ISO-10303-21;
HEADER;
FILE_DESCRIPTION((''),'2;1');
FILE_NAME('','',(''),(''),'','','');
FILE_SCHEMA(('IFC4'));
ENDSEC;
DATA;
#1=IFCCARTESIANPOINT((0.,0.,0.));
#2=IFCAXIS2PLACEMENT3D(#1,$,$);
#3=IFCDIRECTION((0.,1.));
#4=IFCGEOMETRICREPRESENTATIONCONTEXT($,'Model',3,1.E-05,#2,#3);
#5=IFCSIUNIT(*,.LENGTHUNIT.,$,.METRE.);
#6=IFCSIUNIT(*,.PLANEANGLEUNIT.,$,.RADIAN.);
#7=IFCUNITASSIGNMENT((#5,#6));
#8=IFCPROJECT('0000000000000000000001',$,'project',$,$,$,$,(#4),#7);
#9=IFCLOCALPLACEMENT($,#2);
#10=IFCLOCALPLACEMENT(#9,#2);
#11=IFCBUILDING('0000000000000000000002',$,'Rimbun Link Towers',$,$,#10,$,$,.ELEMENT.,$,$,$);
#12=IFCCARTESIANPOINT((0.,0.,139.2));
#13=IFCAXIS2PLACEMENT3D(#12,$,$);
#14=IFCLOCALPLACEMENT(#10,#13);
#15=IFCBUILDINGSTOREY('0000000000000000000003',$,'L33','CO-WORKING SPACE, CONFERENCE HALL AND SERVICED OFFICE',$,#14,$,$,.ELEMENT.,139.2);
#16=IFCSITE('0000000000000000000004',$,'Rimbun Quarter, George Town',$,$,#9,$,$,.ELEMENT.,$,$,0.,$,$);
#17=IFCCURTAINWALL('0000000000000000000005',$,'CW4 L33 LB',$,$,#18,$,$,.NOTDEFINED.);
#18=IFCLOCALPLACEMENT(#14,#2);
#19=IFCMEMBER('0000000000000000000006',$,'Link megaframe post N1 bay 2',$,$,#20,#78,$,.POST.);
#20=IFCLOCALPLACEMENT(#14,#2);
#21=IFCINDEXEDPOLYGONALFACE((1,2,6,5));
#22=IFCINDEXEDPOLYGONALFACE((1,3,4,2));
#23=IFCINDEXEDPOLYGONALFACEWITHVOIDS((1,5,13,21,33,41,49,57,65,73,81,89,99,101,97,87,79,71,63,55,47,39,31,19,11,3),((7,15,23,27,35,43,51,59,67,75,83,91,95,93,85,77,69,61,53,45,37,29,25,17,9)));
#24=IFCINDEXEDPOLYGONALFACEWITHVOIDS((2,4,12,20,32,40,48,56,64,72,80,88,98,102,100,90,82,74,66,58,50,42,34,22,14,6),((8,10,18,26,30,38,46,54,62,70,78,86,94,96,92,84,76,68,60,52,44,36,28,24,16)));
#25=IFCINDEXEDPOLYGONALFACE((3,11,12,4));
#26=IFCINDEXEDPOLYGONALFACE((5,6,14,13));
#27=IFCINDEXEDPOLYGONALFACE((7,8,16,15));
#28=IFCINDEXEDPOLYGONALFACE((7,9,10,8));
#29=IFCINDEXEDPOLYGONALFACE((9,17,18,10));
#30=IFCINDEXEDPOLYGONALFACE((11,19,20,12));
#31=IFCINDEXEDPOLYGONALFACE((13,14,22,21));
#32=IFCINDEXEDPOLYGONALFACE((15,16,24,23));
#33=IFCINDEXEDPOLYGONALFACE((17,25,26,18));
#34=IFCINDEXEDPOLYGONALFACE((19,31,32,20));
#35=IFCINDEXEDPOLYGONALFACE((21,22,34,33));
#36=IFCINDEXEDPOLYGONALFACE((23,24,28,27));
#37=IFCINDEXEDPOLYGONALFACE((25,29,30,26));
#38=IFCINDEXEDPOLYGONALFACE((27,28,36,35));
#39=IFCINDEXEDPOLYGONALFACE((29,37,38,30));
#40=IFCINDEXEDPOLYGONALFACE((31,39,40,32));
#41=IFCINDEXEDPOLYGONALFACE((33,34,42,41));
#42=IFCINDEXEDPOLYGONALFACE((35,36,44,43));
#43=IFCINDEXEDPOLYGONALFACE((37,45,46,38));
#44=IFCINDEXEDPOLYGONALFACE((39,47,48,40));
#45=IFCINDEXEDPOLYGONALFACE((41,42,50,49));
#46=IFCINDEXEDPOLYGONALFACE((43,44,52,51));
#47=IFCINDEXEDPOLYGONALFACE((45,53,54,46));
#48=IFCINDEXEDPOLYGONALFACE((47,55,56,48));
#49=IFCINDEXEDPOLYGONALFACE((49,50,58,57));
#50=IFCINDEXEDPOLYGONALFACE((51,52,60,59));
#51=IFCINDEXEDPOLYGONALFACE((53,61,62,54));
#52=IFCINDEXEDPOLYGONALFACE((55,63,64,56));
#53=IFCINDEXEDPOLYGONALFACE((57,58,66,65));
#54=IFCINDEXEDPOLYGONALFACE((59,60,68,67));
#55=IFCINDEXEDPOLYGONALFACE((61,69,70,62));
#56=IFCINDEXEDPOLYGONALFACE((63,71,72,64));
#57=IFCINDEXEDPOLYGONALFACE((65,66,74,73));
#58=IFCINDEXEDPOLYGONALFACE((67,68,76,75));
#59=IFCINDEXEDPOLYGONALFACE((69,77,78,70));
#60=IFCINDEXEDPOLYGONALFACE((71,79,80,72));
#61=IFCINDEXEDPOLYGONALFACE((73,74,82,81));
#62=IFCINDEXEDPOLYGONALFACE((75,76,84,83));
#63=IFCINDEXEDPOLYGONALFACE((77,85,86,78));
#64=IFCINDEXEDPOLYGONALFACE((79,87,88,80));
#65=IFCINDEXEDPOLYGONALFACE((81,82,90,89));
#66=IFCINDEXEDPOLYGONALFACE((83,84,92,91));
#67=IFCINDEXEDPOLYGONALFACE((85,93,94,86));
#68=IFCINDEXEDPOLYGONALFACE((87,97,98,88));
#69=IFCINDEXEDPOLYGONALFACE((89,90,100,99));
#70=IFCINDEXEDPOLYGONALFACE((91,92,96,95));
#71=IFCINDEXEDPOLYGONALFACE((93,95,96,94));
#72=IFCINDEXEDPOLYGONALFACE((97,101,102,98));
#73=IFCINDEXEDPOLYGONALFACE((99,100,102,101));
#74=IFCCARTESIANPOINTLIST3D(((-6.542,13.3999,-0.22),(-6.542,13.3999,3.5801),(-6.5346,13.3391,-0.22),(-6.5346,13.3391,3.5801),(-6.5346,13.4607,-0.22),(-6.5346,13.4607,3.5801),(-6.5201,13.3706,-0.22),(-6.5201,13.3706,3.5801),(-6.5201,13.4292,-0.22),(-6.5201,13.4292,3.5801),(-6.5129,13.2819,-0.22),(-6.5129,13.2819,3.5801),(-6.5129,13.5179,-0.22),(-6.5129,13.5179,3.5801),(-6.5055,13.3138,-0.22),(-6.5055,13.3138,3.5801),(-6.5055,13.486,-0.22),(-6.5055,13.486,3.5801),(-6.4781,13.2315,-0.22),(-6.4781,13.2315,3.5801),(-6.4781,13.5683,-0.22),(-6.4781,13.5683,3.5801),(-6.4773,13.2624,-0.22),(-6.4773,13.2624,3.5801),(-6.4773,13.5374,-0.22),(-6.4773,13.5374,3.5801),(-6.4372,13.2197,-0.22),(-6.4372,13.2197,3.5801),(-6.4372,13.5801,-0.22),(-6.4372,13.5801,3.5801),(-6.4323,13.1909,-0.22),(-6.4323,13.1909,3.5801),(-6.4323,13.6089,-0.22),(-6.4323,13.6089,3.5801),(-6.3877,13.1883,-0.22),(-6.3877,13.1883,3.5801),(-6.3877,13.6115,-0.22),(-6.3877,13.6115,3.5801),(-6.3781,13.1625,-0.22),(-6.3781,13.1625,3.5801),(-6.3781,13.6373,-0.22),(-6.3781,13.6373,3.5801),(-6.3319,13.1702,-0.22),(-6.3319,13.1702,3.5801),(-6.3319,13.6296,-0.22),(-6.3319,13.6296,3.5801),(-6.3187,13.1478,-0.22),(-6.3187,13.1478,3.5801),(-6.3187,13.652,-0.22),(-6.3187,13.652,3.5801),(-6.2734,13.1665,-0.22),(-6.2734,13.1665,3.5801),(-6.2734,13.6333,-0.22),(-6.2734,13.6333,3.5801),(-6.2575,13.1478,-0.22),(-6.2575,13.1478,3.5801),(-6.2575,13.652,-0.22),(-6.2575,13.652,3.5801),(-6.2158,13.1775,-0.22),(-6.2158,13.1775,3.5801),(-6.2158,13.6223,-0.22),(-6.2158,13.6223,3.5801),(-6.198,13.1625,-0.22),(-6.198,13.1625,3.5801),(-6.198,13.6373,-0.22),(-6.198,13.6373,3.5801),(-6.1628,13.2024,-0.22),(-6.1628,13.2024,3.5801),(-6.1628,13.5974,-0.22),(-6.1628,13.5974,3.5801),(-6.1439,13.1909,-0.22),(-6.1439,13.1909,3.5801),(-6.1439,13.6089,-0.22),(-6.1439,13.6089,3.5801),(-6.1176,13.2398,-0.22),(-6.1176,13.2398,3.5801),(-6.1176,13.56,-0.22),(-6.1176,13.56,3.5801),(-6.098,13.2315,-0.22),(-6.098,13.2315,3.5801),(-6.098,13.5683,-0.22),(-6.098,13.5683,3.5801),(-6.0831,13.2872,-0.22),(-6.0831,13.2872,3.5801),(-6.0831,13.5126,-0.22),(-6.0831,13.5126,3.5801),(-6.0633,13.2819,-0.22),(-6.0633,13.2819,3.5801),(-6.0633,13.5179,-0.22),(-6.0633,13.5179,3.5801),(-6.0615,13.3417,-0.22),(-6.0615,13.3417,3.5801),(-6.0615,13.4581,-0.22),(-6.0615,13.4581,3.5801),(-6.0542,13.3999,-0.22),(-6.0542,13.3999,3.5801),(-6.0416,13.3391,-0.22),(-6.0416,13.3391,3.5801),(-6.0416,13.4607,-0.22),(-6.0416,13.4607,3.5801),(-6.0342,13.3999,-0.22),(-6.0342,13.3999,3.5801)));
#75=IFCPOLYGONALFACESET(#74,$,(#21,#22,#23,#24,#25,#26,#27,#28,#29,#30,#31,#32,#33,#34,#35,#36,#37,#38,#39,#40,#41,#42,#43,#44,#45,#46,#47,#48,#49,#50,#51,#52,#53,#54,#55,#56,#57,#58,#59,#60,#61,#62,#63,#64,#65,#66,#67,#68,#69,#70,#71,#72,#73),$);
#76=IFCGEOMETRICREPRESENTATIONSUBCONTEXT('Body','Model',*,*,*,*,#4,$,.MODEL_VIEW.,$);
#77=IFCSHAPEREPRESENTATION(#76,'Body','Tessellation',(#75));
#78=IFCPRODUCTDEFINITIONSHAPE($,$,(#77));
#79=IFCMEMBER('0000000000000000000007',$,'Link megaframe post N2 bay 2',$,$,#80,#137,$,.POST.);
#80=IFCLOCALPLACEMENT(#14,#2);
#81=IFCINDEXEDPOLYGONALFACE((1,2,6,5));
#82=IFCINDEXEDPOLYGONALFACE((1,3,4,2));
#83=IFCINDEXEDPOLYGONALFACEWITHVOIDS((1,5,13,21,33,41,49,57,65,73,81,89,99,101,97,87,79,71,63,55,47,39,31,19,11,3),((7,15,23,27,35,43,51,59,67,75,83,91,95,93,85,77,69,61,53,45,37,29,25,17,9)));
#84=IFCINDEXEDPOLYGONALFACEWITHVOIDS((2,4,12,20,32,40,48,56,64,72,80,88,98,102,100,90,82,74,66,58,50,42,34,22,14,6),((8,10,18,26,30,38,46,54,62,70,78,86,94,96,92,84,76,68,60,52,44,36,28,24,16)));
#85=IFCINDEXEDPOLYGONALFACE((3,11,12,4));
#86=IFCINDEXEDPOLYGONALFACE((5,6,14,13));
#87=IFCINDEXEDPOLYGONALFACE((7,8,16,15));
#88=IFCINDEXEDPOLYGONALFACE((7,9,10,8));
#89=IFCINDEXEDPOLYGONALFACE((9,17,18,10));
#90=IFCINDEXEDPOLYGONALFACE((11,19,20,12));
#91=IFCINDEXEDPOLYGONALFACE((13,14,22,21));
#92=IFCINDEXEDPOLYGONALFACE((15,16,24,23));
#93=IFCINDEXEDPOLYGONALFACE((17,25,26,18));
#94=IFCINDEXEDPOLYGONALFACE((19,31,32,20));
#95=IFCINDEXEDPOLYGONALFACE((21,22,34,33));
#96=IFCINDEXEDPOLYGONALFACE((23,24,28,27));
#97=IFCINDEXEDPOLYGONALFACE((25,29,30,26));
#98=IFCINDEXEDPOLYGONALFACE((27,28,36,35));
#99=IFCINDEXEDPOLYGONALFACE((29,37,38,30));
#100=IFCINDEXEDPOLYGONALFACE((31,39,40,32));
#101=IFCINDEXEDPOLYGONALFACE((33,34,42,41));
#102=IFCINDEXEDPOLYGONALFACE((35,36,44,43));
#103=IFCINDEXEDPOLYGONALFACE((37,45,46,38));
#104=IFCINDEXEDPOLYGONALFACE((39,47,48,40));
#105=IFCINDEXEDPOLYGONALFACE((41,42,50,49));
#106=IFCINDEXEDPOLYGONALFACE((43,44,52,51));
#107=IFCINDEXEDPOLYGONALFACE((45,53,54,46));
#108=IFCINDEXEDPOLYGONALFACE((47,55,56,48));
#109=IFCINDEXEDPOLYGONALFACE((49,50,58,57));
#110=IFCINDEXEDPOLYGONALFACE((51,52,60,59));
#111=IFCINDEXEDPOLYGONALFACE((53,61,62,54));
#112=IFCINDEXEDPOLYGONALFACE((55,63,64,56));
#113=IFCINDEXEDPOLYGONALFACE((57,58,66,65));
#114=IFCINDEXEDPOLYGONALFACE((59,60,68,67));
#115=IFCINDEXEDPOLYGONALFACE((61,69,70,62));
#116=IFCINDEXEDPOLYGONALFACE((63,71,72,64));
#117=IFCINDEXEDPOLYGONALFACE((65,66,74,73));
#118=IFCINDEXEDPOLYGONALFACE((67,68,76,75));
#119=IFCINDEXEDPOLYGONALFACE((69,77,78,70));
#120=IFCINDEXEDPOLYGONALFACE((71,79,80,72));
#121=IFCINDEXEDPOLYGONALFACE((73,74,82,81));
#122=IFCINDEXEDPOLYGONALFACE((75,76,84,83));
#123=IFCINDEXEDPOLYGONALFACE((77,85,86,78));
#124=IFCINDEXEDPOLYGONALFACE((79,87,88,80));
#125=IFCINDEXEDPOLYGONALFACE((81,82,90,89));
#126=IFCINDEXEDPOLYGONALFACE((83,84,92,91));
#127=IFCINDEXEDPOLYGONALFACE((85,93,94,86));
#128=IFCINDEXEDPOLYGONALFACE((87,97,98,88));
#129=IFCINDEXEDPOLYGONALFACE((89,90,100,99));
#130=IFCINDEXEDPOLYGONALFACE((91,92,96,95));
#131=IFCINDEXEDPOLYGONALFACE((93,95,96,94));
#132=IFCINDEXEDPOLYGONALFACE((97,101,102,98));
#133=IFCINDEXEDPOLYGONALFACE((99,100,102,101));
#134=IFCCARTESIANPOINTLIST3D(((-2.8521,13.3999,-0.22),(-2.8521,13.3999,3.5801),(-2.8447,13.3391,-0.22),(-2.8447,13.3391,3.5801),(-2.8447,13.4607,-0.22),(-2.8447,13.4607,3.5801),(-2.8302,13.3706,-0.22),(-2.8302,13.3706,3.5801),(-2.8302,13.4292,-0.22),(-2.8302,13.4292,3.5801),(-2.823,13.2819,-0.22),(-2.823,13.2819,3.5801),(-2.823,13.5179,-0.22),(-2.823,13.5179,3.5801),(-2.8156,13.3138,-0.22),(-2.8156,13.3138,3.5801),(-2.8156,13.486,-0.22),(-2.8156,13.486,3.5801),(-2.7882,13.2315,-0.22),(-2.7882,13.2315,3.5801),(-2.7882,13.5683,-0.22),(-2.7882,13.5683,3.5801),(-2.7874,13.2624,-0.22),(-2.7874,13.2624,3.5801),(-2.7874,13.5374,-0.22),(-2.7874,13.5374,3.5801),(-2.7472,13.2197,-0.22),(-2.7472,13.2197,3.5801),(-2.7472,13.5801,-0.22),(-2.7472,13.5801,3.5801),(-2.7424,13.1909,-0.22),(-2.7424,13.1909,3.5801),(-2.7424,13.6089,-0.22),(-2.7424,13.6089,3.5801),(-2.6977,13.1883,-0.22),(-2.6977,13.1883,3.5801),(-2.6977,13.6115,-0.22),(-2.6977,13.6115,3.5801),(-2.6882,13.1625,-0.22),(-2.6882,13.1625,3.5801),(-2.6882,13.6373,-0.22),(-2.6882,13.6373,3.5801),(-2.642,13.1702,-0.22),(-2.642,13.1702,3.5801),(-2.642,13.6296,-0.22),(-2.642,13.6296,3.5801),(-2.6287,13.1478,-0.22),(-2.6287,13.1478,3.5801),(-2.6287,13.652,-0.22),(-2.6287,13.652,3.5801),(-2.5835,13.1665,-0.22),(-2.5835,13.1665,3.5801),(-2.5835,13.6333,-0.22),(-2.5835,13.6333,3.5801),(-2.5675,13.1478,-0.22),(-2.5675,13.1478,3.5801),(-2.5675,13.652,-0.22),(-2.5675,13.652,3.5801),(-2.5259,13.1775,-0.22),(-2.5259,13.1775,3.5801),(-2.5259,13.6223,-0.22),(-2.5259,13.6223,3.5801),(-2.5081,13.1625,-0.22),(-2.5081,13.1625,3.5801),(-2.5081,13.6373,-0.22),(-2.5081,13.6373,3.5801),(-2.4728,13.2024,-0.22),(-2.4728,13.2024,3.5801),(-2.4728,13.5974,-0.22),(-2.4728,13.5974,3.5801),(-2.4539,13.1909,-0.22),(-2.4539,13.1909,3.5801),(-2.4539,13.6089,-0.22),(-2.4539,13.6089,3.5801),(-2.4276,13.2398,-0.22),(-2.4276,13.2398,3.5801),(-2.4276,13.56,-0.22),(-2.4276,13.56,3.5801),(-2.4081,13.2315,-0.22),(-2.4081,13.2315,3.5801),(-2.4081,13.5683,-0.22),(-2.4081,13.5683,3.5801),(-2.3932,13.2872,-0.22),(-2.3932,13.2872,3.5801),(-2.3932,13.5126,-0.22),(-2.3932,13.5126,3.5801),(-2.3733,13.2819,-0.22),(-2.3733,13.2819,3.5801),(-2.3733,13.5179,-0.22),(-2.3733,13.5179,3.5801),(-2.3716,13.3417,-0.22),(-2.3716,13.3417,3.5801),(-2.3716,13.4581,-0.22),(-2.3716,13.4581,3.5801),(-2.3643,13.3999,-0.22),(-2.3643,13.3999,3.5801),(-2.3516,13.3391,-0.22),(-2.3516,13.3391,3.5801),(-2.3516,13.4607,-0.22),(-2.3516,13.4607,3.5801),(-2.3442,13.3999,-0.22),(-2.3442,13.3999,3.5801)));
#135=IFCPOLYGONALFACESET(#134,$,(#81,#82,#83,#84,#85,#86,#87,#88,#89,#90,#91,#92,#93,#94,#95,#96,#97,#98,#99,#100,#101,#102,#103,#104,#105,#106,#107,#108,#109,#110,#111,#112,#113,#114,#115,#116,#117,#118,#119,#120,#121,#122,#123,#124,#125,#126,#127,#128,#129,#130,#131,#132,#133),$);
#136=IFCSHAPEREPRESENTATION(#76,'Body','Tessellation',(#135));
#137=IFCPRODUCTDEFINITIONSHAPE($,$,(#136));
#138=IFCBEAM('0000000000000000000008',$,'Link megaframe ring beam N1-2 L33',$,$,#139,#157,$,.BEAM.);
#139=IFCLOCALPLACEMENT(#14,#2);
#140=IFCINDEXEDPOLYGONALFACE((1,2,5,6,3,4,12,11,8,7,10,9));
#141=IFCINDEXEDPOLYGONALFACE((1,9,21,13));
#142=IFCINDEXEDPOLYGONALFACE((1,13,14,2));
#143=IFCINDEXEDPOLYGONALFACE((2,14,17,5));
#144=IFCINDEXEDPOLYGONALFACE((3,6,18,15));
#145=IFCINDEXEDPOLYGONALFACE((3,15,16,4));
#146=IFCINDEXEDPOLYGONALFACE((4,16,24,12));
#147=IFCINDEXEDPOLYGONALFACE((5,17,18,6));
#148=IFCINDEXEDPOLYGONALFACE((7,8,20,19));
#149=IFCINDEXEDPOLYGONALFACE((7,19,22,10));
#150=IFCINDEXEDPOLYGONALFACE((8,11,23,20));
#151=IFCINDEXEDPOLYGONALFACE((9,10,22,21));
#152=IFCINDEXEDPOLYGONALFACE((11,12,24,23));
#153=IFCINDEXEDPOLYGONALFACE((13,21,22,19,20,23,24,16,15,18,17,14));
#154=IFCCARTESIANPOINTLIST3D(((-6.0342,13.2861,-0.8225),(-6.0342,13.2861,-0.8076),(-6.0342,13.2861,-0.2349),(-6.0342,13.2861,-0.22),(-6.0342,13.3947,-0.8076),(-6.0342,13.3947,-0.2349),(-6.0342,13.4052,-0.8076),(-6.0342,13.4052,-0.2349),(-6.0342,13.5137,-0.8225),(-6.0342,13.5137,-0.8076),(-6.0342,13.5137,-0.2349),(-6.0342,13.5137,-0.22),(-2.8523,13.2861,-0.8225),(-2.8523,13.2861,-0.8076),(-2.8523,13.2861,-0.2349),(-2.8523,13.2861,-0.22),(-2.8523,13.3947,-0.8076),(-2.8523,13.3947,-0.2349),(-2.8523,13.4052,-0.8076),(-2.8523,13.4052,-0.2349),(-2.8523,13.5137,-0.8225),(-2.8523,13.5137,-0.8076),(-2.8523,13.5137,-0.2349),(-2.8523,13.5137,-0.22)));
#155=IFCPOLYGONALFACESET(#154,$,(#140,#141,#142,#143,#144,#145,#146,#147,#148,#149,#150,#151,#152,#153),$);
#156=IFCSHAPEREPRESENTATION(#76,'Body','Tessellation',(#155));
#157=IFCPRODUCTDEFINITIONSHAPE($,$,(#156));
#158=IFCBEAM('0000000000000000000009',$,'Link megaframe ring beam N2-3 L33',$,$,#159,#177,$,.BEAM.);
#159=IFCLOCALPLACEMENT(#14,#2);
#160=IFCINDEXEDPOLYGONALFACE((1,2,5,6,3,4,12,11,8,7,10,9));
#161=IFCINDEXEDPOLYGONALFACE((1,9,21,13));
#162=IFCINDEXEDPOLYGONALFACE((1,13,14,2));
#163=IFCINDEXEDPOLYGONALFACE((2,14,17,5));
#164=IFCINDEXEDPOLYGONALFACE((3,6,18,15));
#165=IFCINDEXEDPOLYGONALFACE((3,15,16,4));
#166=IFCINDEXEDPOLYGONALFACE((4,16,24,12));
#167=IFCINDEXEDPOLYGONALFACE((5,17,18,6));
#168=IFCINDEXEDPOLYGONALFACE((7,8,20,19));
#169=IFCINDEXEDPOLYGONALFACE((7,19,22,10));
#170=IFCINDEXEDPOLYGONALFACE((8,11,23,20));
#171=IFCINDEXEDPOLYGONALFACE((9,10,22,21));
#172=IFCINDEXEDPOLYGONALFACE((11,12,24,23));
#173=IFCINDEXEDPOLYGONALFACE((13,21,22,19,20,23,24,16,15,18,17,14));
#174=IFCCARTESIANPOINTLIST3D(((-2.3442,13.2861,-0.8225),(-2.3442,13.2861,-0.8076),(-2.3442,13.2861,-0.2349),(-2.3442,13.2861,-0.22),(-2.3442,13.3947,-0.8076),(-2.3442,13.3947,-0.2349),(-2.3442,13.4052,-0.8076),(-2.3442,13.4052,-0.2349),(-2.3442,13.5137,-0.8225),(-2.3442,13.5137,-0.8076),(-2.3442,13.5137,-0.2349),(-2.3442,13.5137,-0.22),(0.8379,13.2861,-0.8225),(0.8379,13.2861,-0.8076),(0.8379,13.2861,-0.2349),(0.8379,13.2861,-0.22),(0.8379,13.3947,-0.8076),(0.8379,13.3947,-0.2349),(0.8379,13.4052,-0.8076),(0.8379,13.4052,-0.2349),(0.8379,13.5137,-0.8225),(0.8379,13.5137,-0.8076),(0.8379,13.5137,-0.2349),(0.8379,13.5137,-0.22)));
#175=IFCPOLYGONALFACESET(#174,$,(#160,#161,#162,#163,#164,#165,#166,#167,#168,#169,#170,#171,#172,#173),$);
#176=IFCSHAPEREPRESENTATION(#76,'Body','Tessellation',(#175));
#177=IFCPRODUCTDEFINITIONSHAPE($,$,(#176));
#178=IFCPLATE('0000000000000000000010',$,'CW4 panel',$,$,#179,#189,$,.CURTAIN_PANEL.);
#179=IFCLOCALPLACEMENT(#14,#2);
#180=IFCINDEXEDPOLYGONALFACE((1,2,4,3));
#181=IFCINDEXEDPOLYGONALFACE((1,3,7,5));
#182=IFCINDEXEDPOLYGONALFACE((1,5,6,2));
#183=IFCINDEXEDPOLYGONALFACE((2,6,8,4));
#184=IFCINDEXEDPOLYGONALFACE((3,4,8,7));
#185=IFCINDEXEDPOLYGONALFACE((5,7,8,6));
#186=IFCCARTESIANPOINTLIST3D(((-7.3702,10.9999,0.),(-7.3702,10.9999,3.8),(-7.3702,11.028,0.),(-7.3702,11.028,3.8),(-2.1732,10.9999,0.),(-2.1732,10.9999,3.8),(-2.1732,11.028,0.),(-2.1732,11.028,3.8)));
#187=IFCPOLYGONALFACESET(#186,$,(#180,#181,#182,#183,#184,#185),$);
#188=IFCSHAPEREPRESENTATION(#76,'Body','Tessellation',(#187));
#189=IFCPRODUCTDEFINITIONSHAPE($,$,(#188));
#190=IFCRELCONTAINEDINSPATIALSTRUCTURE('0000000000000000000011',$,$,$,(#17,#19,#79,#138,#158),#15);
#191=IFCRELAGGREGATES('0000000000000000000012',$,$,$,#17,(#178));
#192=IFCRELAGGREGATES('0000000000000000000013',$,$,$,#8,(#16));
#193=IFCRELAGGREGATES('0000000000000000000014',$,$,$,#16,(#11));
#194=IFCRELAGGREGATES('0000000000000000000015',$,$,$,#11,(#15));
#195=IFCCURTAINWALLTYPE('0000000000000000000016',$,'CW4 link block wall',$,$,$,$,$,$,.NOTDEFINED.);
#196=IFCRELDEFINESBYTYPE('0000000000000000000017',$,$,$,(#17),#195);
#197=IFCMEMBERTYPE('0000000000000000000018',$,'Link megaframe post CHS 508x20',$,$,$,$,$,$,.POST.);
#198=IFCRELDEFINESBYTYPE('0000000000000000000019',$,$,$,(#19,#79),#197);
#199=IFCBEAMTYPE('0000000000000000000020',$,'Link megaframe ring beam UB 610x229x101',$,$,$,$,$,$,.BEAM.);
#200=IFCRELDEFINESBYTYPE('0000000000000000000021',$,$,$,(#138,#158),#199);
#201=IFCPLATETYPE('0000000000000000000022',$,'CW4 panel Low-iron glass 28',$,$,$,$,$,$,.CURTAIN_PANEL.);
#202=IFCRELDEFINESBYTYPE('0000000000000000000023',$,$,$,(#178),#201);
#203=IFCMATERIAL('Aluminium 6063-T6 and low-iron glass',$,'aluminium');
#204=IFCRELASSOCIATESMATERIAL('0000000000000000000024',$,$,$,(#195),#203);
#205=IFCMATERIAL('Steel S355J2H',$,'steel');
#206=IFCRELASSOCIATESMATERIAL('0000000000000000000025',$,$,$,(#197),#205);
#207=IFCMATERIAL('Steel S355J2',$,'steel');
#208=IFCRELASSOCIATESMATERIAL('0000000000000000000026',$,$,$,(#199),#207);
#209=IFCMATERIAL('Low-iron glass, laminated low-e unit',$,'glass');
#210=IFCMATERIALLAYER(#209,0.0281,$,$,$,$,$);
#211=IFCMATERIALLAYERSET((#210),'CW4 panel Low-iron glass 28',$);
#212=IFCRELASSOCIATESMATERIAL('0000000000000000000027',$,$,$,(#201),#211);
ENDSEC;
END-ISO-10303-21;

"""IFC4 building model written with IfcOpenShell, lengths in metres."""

from ifc_helpers import new_model, si_unit, direction, frame, origin, origin_2d, place, context, subcontext, project, spatial, rectangle, hollow_circle, i_section, extrude, material, layer, layer_set, material_profile, profile_set, type_object, element, aggregate, save


model = new_model("IFC4")

# Units and contexts
model_context = context("Model", 3, precision=1e-05, world=origin(), true_north=direction((0.0, 1.0)))
body_context = subcontext(model_context, "Body", "Model", "MODEL_VIEW")
ifc_project = project(units=[si_unit("LENGTHUNIT", "METRE"), si_unit("PLANEANGLEUNIT", "RADIAN")], contexts=[model_context])

# Site, building, storey
site_placement = place(None, origin())
site = spatial("IfcSite", under=ifc_project, at=site_placement, Name="Rimbun Quarter, George Town", CompositionType="ELEMENT", RefElevation=0.0)
building_placement = place(site_placement, origin())
building = spatial("IfcBuilding", under=site, at=building_placement, Name="Rimbun Link Towers", CompositionType="ELEMENT")
storey_placement = place(building_placement, frame((0.0, 0.0, 139.2)))
storey = spatial("IfcBuildingStorey", under=building, at=storey_placement, Name="L33", Description="CO-WORKING SPACE, CONFERENCE HALL AND SERVICED OFFICE", CompositionType="ELEMENT", Elevation=139.2)

# Curtain wall
ifc_material_1 = material(Name="Aluminium 6063-T6 and low-iron glass", Category="aluminium")
curtain_wall_type = type_object("IfcCurtainWallType", Name="CW4 link block wall", PredefinedType="NOTDEFINED", material=ifc_material_1)
curtain_wall_placement = place(storey_placement, origin())
curtain_wall = element("IfcCurtainWall", 1, at=curtain_wall_placement, inside=storey, type_object=curtain_wall_type, Name="CW4 L33 LB", PredefinedType="NOTDEFINED")

# Members
ifc_material_2 = material(Name="Steel S355J2H", Category="steel")
ifc_material_profile_1 = material_profile(ifc_material_2, hollow_circle(Radius=0.2539, WallThickness=0.02, at=origin_2d()), Name="CHS 508x20")
ifc_profile_set_1 = profile_set([ifc_material_profile_1], Name="Steel S355J2H")
member_type_1 = type_object("IfcMemberType", Name="Link megaframe post CHS 508x20", PredefinedType="POST", material=ifc_profile_set_1)
for number, where, z_axis, x_axis, name in (
    (2, (-6.2881, 13.3999, -0.22), (0.0, 0.0, 1.0), (1.0, 0.0, 0.0), "Link megaframe post N1 bay 2"),
    (3, (-2.5981, 13.3999, -0.22), (0.0, 0.0, 1.0), (1.0, 0.0, 0.0), "Link megaframe post N2 bay 2"),
):
    element("IfcMember", number, at=place(storey_placement, frame(where, z_axis=z_axis, x_axis=x_axis)), inside=storey, type_object=member_type_1, Name=name, PredefinedType="POST", context=body_context, shape_type="SweptSolid", body=[
        extrude(hollow_circle(Radius=0.2539, WallThickness=0.02, at=origin_2d()), origin(), (0.0, 0.0, 1.0), 3.8),
    ])

# Beams
ifc_material_3 = material(Name="Steel S355J2", Category="steel")
ifc_material_profile_2 = material_profile(ifc_material_3, i_section(OverallWidth=0.2275, OverallDepth=0.6025, WebThickness=0.0105, FlangeThickness=0.0149, at=origin_2d()), Name="UB 610x229x101")
ifc_profile_set_2 = profile_set([ifc_material_profile_2], Name="Steel S355J2")
beam_type_1 = type_object("IfcBeamType", Name="Link megaframe ring beam UB 610x229x101", PredefinedType="BEAM", material=ifc_profile_set_2)
beam_1_placement = place(storey_placement, frame((-6.0342, 13.3999, -0.5212), z_axis=(1.0, 0.0, 0.0), x_axis=(0.0, 1.0, 0.0)))
element("IfcBeam", 4, at=beam_1_placement, inside=storey, type_object=beam_type_1, Name="Link megaframe ring beam N1-2 L33", PredefinedType="BEAM", context=body_context, shape_type="SweptSolid", body=[
    extrude(i_section(OverallWidth=0.2275, OverallDepth=0.6025, WebThickness=0.0105, FlangeThickness=0.0149, at=origin_2d()), origin(), (0.0, 0.0, 1.0), 3.1819),
])
beam_2_placement = place(storey_placement, frame((-2.3442, 13.3999, -0.5212), z_axis=(1.0, 0.0, 0.0), x_axis=(0.0, 1.0, 0.0)))
element("IfcBeam", 5, at=beam_2_placement, inside=storey, type_object=beam_type_1, Name="Link megaframe ring beam N2-3 L33", PredefinedType="BEAM", context=body_context, shape_type="SweptSolid", body=[
    extrude(i_section(OverallWidth=0.2275, OverallDepth=0.6025, WebThickness=0.0105, FlangeThickness=0.0149, at=origin_2d()), origin(), (0.0, 0.0, 1.0), 3.1821),
])

# Plate
ifc_material_4 = material(Name="Low-iron glass, laminated low-e unit", Category="glass")
ifc_layer_1 = layer(ifc_material_4, 0.0281)
ifc_layer_set_1 = layer_set([ifc_layer_1], Name="CW4 panel Low-iron glass 28")
plate_type = type_object("IfcPlateType", Name="CW4 panel Low-iron glass 28", PredefinedType="CURTAIN_PANEL", material=ifc_layer_set_1)
plate_placement = place(storey_placement, frame((-4.7717, 11.0139, 0.0), z_axis=(0.0, 0.0, 1.0), x_axis=(1.0, 0.0, 0.0)))
plate = element("IfcPlate", 6, at=plate_placement, type_object=plate_type, Name="CW4 panel", PredefinedType="CURTAIN_PANEL", context=body_context, shape_type="SweptSolid", body=[
    extrude(rectangle(XDim=5.197, YDim=0.0281, at=origin_2d()), origin(), (0.0, 0.0, 1.0), 3.8),
])
aggregate(curtain_wall, [plate])

save(model, "model.ifc")
